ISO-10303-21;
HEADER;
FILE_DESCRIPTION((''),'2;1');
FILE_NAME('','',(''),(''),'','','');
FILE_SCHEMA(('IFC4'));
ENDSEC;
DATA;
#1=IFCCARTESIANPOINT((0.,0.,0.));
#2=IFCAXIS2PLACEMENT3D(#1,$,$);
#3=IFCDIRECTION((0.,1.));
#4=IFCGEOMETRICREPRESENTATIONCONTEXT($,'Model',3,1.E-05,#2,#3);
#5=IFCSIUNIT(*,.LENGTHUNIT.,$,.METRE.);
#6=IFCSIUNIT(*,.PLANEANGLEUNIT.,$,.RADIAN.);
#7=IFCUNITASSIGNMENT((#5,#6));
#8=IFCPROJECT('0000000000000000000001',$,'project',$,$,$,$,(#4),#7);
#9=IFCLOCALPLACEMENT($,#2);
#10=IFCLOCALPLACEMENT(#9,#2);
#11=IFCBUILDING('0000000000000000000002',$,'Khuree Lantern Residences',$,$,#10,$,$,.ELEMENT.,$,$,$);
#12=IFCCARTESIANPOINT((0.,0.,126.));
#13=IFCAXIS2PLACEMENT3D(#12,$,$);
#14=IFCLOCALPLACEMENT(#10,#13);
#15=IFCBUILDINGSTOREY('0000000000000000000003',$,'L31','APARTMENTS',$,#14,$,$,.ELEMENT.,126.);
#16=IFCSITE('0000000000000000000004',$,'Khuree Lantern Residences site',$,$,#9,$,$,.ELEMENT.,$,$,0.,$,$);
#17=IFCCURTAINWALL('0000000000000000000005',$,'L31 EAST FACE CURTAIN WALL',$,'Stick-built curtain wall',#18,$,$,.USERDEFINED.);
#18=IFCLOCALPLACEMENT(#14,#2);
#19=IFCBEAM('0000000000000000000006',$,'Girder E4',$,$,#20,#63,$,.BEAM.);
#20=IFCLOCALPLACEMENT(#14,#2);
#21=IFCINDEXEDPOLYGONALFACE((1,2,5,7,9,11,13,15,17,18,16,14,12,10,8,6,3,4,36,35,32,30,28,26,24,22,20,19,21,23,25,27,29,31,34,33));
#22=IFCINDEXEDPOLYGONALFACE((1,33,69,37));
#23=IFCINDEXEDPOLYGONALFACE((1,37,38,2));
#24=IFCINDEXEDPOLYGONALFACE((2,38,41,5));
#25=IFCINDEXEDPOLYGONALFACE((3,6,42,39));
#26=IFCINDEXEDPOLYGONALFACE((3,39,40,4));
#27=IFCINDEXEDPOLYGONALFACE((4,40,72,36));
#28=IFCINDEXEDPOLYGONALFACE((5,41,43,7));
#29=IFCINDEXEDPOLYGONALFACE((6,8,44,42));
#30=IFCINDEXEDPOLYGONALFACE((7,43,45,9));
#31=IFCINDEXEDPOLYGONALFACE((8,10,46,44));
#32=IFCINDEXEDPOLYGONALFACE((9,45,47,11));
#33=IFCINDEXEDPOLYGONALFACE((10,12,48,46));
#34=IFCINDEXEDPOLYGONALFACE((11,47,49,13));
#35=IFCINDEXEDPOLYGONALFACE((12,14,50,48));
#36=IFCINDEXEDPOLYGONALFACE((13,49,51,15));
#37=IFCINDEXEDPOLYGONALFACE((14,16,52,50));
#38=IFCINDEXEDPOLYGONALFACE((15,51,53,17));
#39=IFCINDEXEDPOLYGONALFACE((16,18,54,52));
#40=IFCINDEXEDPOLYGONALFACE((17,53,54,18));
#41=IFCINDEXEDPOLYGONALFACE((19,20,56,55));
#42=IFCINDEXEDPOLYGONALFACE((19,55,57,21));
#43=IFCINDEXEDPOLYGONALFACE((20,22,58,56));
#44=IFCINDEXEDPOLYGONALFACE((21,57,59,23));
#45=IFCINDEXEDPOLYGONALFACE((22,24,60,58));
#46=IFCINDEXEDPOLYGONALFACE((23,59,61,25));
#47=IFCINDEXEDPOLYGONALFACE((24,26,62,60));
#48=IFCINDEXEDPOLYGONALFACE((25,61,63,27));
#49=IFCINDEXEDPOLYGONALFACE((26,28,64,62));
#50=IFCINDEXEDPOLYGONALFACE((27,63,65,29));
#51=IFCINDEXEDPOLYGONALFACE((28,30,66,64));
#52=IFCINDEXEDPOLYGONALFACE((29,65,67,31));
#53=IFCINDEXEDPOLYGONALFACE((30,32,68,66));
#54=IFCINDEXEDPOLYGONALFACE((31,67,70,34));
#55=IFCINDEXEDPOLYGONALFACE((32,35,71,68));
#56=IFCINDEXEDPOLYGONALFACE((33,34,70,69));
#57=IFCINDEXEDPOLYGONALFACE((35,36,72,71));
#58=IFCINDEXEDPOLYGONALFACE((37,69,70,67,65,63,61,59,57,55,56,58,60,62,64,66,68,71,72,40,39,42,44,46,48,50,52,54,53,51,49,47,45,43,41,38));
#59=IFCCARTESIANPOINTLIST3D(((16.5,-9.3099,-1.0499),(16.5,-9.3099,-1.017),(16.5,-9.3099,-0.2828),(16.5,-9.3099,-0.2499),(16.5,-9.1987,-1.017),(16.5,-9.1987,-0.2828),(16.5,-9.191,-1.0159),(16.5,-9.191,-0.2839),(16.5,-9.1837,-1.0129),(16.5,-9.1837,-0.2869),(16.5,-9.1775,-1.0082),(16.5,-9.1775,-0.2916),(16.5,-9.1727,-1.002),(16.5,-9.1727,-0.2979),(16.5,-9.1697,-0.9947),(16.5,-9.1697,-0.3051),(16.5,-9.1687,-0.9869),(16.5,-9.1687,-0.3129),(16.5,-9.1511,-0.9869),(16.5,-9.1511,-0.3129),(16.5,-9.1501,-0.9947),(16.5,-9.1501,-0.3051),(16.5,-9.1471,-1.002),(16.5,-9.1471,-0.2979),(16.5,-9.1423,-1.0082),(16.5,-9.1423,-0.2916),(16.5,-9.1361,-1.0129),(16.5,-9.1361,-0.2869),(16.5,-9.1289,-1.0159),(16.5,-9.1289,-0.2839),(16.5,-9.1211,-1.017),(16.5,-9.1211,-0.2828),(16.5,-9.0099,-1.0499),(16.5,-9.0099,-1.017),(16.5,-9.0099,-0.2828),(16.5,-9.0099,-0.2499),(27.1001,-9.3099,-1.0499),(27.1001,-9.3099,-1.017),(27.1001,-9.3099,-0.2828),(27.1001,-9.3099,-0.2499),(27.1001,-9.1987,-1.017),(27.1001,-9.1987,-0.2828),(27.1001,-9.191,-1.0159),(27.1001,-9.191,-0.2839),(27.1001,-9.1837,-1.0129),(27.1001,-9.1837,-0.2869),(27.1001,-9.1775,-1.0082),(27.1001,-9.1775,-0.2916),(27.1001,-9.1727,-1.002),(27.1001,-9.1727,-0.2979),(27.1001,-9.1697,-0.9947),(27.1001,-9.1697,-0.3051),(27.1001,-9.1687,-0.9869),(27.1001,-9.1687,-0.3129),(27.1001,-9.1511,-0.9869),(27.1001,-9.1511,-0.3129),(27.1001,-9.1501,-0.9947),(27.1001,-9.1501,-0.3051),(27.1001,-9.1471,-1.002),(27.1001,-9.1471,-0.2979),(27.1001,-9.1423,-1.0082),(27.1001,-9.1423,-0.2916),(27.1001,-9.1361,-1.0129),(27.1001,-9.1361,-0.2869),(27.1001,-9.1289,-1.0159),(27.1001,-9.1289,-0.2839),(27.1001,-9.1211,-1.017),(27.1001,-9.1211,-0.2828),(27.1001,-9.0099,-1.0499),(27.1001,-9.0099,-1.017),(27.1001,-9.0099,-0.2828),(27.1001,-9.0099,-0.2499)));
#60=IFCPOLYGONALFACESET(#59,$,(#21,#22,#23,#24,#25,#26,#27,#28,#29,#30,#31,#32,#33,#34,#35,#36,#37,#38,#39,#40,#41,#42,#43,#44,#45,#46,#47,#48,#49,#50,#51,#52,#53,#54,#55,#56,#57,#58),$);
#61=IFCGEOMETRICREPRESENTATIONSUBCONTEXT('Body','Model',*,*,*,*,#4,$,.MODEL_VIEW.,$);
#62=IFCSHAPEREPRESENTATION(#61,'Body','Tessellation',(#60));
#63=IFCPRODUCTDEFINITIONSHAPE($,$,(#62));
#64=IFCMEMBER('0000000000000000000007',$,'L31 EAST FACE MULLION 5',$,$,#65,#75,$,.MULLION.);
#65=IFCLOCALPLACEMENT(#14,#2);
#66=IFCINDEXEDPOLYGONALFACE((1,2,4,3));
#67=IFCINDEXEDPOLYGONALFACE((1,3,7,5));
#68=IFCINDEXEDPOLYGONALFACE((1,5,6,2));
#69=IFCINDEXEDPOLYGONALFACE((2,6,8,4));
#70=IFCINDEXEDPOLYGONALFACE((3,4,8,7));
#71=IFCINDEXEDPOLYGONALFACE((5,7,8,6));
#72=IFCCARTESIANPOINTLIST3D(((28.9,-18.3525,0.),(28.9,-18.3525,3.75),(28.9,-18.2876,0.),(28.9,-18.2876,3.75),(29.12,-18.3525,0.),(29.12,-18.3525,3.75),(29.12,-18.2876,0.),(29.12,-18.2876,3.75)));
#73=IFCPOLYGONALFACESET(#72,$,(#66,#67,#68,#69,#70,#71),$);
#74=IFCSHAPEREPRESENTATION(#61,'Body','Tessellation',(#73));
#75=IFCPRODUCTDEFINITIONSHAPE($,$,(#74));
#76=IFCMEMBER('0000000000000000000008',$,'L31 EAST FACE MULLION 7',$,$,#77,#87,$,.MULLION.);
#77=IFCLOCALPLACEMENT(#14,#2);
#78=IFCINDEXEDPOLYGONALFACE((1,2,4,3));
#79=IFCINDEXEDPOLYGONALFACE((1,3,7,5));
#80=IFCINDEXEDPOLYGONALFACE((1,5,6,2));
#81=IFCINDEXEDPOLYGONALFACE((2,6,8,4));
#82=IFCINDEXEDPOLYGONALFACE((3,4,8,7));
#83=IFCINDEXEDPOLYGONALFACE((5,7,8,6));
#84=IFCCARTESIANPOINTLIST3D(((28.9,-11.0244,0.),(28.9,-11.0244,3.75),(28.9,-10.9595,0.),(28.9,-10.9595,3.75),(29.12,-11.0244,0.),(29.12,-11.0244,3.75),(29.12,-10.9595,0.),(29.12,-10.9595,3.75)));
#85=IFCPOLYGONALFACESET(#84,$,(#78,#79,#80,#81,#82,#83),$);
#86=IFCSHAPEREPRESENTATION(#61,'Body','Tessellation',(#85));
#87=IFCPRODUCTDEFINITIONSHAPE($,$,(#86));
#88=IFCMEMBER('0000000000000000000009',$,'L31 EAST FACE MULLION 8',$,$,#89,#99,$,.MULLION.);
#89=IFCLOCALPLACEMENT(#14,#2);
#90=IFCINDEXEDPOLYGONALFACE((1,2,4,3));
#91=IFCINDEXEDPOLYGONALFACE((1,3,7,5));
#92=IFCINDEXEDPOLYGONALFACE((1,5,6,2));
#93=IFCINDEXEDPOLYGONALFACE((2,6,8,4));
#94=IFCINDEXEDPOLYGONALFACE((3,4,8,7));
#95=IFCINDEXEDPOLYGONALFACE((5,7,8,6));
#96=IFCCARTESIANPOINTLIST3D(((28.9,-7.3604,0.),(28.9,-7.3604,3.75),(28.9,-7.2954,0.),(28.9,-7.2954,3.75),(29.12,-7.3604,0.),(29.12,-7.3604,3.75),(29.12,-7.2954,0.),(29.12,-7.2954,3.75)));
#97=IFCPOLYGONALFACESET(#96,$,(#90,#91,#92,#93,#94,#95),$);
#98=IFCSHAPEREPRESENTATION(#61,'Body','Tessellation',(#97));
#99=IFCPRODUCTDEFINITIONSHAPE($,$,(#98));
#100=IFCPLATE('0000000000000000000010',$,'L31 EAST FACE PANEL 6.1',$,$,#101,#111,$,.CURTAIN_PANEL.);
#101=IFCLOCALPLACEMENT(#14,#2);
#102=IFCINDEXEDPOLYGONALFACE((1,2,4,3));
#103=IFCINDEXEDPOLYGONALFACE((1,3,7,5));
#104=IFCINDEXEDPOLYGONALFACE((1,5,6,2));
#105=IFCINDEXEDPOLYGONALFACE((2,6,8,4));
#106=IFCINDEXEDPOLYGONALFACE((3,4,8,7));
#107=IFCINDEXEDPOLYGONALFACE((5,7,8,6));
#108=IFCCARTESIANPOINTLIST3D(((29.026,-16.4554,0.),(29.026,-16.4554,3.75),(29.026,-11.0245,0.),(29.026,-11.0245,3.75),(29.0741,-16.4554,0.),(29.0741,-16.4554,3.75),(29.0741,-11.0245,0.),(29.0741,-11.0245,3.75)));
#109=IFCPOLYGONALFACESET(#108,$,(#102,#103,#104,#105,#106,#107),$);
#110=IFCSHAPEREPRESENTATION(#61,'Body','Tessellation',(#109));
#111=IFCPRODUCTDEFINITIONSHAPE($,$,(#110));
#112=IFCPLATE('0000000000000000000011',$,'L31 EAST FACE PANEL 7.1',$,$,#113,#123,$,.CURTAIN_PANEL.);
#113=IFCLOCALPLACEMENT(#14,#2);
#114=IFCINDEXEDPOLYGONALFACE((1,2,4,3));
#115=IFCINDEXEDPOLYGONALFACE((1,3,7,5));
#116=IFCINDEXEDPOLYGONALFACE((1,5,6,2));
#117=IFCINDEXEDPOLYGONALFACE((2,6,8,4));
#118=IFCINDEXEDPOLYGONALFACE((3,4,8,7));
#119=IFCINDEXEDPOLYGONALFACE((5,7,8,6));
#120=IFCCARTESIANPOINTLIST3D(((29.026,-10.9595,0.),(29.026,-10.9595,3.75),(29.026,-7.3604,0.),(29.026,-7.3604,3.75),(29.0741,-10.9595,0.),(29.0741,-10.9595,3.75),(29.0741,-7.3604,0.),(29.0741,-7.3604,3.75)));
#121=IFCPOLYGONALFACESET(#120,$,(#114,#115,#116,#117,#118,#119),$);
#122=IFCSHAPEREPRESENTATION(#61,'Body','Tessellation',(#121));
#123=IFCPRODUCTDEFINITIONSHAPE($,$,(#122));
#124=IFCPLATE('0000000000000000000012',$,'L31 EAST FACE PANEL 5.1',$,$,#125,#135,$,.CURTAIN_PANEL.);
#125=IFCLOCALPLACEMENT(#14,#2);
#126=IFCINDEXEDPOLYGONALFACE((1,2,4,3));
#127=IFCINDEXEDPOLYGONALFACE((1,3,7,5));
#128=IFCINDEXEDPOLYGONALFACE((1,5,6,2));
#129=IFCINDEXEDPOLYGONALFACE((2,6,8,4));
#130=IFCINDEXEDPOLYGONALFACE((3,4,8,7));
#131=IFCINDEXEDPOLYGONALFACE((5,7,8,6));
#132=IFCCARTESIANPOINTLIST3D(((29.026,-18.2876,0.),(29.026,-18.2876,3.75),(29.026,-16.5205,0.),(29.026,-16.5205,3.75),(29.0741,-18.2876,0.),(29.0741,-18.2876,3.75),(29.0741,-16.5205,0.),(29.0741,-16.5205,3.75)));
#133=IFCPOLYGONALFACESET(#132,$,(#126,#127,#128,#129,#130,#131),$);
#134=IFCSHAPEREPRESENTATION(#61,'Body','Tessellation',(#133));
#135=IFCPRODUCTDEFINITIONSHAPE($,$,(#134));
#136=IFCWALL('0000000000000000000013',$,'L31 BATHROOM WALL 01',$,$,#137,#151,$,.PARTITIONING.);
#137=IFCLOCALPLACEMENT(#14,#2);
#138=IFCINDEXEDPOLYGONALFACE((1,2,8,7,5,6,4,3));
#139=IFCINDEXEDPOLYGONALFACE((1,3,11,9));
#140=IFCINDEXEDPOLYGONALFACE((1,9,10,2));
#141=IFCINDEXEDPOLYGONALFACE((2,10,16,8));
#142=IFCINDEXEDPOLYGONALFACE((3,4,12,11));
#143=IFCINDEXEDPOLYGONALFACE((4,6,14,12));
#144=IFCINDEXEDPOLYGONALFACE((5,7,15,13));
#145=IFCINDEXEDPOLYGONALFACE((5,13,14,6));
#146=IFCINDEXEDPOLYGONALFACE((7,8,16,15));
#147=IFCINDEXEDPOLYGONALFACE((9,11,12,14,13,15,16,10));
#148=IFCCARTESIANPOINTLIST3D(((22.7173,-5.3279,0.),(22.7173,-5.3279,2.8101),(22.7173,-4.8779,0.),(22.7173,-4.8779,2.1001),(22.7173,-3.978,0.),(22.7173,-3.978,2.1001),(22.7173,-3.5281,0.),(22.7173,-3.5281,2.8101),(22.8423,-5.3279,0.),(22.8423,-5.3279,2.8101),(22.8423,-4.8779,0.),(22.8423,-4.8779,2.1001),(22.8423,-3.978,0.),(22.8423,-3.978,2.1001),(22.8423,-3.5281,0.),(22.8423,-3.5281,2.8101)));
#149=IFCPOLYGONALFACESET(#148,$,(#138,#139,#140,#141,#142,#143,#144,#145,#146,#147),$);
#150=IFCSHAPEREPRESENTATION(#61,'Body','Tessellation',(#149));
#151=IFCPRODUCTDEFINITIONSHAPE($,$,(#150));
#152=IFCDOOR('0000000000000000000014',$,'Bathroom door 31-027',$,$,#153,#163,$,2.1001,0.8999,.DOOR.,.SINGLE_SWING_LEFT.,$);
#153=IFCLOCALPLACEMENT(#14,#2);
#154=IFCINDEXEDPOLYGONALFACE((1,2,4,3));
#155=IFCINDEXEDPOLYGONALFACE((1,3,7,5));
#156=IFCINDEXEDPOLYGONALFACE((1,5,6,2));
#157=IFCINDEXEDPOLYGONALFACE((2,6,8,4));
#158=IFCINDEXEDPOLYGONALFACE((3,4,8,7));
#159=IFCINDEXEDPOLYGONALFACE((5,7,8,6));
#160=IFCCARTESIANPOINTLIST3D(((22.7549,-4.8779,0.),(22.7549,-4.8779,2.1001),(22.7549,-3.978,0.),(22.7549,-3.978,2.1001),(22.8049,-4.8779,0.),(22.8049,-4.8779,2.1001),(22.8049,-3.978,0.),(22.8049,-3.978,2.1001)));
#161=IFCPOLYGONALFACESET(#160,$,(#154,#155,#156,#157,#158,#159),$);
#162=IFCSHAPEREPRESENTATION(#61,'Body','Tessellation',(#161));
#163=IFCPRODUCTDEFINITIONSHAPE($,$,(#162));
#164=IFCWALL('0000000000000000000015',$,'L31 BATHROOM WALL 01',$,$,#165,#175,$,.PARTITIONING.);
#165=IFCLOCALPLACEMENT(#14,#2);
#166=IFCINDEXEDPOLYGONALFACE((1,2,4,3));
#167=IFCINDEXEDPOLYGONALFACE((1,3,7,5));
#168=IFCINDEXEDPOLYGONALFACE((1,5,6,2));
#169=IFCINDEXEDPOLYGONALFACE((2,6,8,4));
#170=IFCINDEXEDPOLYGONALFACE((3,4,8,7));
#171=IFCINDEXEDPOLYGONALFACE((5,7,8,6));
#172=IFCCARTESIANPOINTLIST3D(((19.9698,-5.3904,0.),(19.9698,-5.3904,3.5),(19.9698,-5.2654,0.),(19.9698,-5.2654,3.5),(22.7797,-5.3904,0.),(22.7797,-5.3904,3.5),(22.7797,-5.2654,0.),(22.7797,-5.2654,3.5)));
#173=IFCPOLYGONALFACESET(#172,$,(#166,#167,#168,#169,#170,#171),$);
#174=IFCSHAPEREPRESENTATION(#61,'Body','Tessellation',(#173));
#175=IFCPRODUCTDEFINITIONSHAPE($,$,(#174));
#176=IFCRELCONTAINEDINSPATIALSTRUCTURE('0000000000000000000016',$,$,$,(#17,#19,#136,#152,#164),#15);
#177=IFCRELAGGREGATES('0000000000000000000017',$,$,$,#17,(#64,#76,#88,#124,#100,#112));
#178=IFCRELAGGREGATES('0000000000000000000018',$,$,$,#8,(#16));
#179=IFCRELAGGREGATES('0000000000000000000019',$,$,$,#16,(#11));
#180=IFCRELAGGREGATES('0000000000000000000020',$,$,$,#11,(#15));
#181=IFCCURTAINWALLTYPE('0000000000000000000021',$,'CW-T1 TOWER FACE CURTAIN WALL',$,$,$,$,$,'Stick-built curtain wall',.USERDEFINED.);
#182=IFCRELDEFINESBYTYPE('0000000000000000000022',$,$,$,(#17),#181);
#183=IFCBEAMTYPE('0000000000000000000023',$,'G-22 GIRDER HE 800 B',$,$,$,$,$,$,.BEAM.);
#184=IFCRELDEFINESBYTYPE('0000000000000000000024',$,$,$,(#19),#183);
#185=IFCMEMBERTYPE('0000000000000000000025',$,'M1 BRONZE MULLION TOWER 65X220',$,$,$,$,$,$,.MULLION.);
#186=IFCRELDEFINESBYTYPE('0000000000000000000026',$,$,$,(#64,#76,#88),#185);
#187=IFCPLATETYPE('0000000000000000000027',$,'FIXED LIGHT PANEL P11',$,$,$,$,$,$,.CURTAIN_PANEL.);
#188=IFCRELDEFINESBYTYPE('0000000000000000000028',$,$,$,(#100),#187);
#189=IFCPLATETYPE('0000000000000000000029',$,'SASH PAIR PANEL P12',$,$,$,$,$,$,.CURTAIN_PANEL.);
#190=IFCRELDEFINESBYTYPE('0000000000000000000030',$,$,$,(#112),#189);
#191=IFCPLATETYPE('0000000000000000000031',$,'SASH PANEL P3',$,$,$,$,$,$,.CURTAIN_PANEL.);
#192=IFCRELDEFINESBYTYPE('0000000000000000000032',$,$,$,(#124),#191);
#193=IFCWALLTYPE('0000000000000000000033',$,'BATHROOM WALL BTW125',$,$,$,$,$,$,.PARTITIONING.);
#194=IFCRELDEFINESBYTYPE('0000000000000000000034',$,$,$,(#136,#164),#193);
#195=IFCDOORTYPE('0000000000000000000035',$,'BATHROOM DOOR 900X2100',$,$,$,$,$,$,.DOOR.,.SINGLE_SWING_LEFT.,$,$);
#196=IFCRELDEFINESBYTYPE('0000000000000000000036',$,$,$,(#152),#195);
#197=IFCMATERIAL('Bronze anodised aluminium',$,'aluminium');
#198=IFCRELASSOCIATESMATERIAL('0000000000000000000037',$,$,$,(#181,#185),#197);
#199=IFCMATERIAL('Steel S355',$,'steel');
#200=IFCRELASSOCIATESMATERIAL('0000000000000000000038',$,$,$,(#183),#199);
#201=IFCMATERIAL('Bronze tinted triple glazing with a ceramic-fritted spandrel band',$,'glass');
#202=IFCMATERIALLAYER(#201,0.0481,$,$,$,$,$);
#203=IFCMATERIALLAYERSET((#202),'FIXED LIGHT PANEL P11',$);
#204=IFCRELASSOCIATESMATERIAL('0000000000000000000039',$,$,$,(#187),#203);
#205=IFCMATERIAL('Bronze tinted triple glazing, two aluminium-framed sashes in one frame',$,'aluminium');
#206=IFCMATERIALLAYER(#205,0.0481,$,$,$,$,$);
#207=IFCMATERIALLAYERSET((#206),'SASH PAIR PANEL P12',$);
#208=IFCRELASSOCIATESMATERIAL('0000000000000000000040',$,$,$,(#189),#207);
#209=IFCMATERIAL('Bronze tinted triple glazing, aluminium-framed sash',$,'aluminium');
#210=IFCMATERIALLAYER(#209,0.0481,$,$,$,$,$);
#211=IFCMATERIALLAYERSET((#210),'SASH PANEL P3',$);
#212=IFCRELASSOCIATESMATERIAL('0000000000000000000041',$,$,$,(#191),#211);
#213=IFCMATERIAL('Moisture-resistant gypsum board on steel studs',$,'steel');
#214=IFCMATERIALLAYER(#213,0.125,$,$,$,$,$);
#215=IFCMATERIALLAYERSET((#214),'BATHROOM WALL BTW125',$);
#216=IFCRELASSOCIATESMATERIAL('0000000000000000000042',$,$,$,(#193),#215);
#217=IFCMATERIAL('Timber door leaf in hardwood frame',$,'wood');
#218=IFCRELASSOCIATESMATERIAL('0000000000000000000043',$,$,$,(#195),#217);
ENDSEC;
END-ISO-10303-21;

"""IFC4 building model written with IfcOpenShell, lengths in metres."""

from ifc_helpers import new_model, si_unit, direction, frame, frame_2d, origin, origin_2d, place, context, subcontext, project, spatial, rectangle, i_section, extrude, material, layer, layer_set, material_profile, profile_set, type_object, element, fill, aggregate, save


model = new_model("IFC4")

# Units and contexts
model_context = context("Model", 3, precision=1e-05, world=origin(), true_north=direction((0.0, 1.0)))
body_context = subcontext(model_context, "Body", "Model", "MODEL_VIEW")
ifc_project = project(units=[si_unit("LENGTHUNIT", "METRE"), si_unit("PLANEANGLEUNIT", "RADIAN")], contexts=[model_context])

# Site, building, storey
site_placement = place(None, origin())
site = spatial("IfcSite", under=ifc_project, at=site_placement, Name="Khuree Lantern Residences site", CompositionType="ELEMENT", RefElevation=0.0)
building_placement = place(site_placement, origin())
building = spatial("IfcBuilding", under=site, at=building_placement, Name="Khuree Lantern Residences", CompositionType="ELEMENT")
storey_placement = place(building_placement, frame((0.0, 0.0, 126.0)))
storey = spatial("IfcBuildingStorey", under=building, at=storey_placement, Name="L31", Description="APARTMENTS", CompositionType="ELEMENT", Elevation=126.0)

# Shared definitions
ifc_material_1 = material(Name="Steel S355", Category="steel")

# Curtain wall
ifc_material_2 = material(Name="Bronze anodised aluminium", Category="aluminium")
curtain_wall_type = type_object("IfcCurtainWallType", Name="CW-T1 TOWER FACE CURTAIN WALL", ElementType="Stick-built curtain wall", PredefinedType="USERDEFINED", material=ifc_material_2)
curtain_wall_placement = place(storey_placement, origin())
curtain_wall = element("IfcCurtainWall", 1, at=curtain_wall_placement, inside=storey, type_object=curtain_wall_type, Name="L31 EAST FACE CURTAIN WALL", ObjectType="Stick-built curtain wall", PredefinedType="USERDEFINED")

# Beam
ifc_material_profile_1 = material_profile(ifc_material_1, i_section(OverallWidth=0.3, OverallDepth=0.8, WebThickness=0.0176, FlangeThickness=0.033, FilletRadius=0.03, at=origin_2d()), Name="HE 800 B")
ifc_profile_set_1 = profile_set([ifc_material_profile_1], Name="Steel S355")
beam_type_1 = type_object("IfcBeamType", Name="G-22 GIRDER HE 800 B", PredefinedType="BEAM", material=ifc_profile_set_1)
beam_1_placement = place(storey_placement, frame((27.1001, -9.1599, -0.6499), z_axis=(-1.0, 0.0, 0.0), x_axis=(0.0, -1.0, 0.0)))
element("IfcBeam", 2, at=beam_1_placement, inside=storey, type_object=beam_type_1, Name="Girder E4", PredefinedType="BEAM", context=body_context, shape_type="SweptSolid", body=[
    extrude(i_section(OverallWidth=0.3, OverallDepth=0.8, WebThickness=0.0176, FlangeThickness=0.033, FilletRadius=0.03, at=origin_2d()), origin(), (0.0, 0.0, 1.0), 10.6001),
])

# Members
ifc_material_profile_2 = material_profile(ifc_material_2, rectangle(XDim=0.0649, YDim=0.22, at=origin_2d()), Name="M1 65X220")
ifc_profile_set_2 = profile_set([ifc_material_profile_2], Name="Bronze anodised aluminium")
member_type_1 = type_object("IfcMemberType", Name="M1 BRONZE MULLION TOWER 65X220", PredefinedType="MULLION", material=ifc_profile_set_2)
member_1_placement = place(storey_placement, frame((29.01, -18.3201, 0.0), z_axis=(0.0, 0.0, 1.0), x_axis=(0.0, 1.0, 0.0)))
member_1 = element("IfcMember", 3, at=member_1_placement, type_object=member_type_1, Name="L31 EAST FACE MULLION 5", PredefinedType="MULLION", context=body_context, shape_type="SweptSolid", body=[
    extrude(rectangle(XDim=0.0649, YDim=0.22, at=origin_2d()), origin(), (0.0, 0.0, 1.0), 3.75),
])
member_2_placement = place(storey_placement, frame((29.01, -10.9919, 0.0), z_axis=(0.0, 0.0, 1.0), x_axis=(0.0, 1.0, 0.0)))
member_2 = element("IfcMember", 4, at=member_2_placement, type_object=member_type_1, Name="L31 EAST FACE MULLION 7", PredefinedType="MULLION", context=body_context, shape_type="SweptSolid", body=[
    extrude(rectangle(XDim=0.0649, YDim=0.22, at=origin_2d()), origin(), (0.0, 0.0, 1.0), 3.75),
])
member_3_placement = place(storey_placement, frame((29.01, -7.3279, 0.0), z_axis=(0.0, 0.0, 1.0), x_axis=(0.0, 1.0, 0.0)))
member_3 = element("IfcMember", 5, at=member_3_placement, type_object=member_type_1, Name="L31 EAST FACE MULLION 8", PredefinedType="MULLION", context=body_context, shape_type="SweptSolid", body=[
    extrude(rectangle(XDim=0.0649, YDim=0.22, at=origin_2d()), origin(), (0.0, 0.0, 1.0), 3.75),
])

# Plates
ifc_material_3 = material(Name="Bronze tinted triple glazing with a ceramic-fritted spandrel band", Category="glass")
ifc_layer_1 = layer(ifc_material_3, 0.0481)
ifc_layer_set_1 = layer_set([ifc_layer_1], Name="FIXED LIGHT PANEL P11")
plate_type_1 = type_object("IfcPlateType", Name="FIXED LIGHT PANEL P11", PredefinedType="CURTAIN_PANEL", material=ifc_layer_set_1)
plate_1_placement = place(storey_placement, frame((29.05, -13.74, 0.0), z_axis=(0.0, 0.0, 1.0), x_axis=(0.0, 1.0, 0.0)))
plate_1 = element("IfcPlate", 6, at=plate_1_placement, type_object=plate_type_1, Name="L31 EAST FACE PANEL 6.1", PredefinedType="CURTAIN_PANEL", context=body_context, shape_type="SweptSolid", body=[
    extrude(rectangle(XDim=5.4309, YDim=0.0481, at=origin_2d()), origin(), (0.0, 0.0, 1.0), 3.75),
])
ifc_material_4 = material(Name="Bronze tinted triple glazing, two aluminium-framed sashes in one frame", Category="aluminium")
ifc_layer_2 = layer(ifc_material_4, 0.0481)
ifc_layer_set_2 = layer_set([ifc_layer_2], Name="SASH PAIR PANEL P12")
plate_type_2 = type_object("IfcPlateType", Name="SASH PAIR PANEL P12", PredefinedType="CURTAIN_PANEL", material=ifc_layer_set_2)
plate_2_placement = place(storey_placement, frame((29.05, -9.1599, 0.0), z_axis=(0.0, 0.0, 1.0), x_axis=(0.0, 1.0, 0.0)))
plate_2 = element("IfcPlate", 7, at=plate_2_placement, type_object=plate_type_2, Name="L31 EAST FACE PANEL 7.1", PredefinedType="CURTAIN_PANEL", context=body_context, shape_type="SweptSolid", body=[
    extrude(rectangle(XDim=3.5991, YDim=0.0481, at=origin_2d()), origin(), (0.0, 0.0, 1.0), 3.75),
])
ifc_material_5 = material(Name="Bronze tinted triple glazing, aluminium-framed sash", Category="aluminium")
ifc_layer_3 = layer(ifc_material_5, 0.0481)
ifc_layer_set_3 = layer_set([ifc_layer_3], Name="SASH PANEL P3")
plate_type_3 = type_object("IfcPlateType", Name="SASH PANEL P3", PredefinedType="CURTAIN_PANEL", material=ifc_layer_set_3)
plate_3_placement = place(storey_placement, frame((29.05, -17.4041, 0.0), z_axis=(0.0, 0.0, 1.0), x_axis=(0.0, 1.0, 0.0)))
plate_3 = element("IfcPlate", 8, at=plate_3_placement, type_object=plate_type_3, Name="L31 EAST FACE PANEL 5.1", PredefinedType="CURTAIN_PANEL", context=body_context, shape_type="SweptSolid", body=[
    extrude(rectangle(XDim=1.7671, YDim=0.0481, at=origin_2d()), origin(), (0.0, 0.0, 1.0), 3.75),
])
aggregate(curtain_wall, [member_1, member_2, member_3, plate_3, plate_1, plate_2])

# Wall, opening, door
ifc_material_6 = material(Name="Moisture-resistant gypsum board on steel studs", Category="steel")
ifc_layer_4 = layer(ifc_material_6, 0.125)
ifc_layer_set_4 = layer_set([ifc_layer_4], Name="BATHROOM WALL BTW125")
wall_type_1 = type_object("IfcWallType", Name="BATHROOM WALL BTW125", PredefinedType="PARTITIONING", material=ifc_layer_set_4)
wall_1_placement = place(storey_placement, frame((22.7798, -5.3279, 0.0), z_axis=(0.0, 0.0, 1.0), x_axis=(0.0, 1.0, 0.0)))
wall_1 = element("IfcWall", 9, at=wall_1_placement, inside=storey, type_object=wall_type_1, Name="L31 BATHROOM WALL 01", PredefinedType="PARTITIONING", context=body_context, shape_type="SweptSolid", body=[
    extrude(rectangle(XDim=1.7998, YDim=0.125, at=frame_2d((0.8999, 0.0))), origin(), (0.0, 0.0, 1.0), 2.8101),
])
opening_1_placement = place(wall_1_placement, frame((0.45, 0.0, 0.0)))
opening_1 = element("IfcOpeningElement", 10, at=opening_1_placement, cuts=wall_1, PredefinedType="OPENING", context=body_context, shape_type="SweptSolid", body=[
    extrude(rectangle(XDim=0.8999, YDim=2.1001, at=frame_2d((0.45, 1.05))), frame((0.0, 0.0725, 0.0), z_axis=(0.0, -1.0, 0.0), x_axis=(1.0, 0.0, 0.0)), (0.0, 0.0, 1.0), 0.145),
])
ifc_material_7 = material(Name="Timber door leaf in hardwood frame", Category="wood")
door_type_1 = type_object("IfcDoorType", Name="BATHROOM DOOR 900X2100", OperationType="SINGLE_SWING_LEFT", PredefinedType="DOOR", material=ifc_material_7)
door_1_placement = place(opening_1_placement, origin())
door_1 = element("IfcDoor", 11, at=door_1_placement, inside=storey, type_object=door_type_1, Name="Bathroom door 31-027", OperationType="SINGLE_SWING_LEFT", OverallHeight=2.1001, OverallWidth=0.8999, PredefinedType="DOOR", context=body_context, shape_type="SweptSolid", body=[
    extrude(rectangle(XDim=0.8999, YDim=2.1001, at=frame_2d((0.45, 1.05))), frame((0.0, 0.0249, 0.0), z_axis=(0.0, -1.0, 0.0), x_axis=(1.0, 0.0, 0.0)), (0.0, 0.0, 1.0), 0.05),
])
fill(opening_1, door_1)

# Wall
wall_2_placement = place(storey_placement, frame((19.97, -5.3279, 0.0), z_axis=(0.0, 0.0, 1.0), x_axis=(1.0, 0.0, 0.0)))
element("IfcWall", 12, at=wall_2_placement, inside=storey, type_object=wall_type_1, Name="L31 BATHROOM WALL 01", PredefinedType="PARTITIONING", context=body_context, shape_type="SweptSolid", body=[
    extrude(rectangle(XDim=2.8098, YDim=0.125, at=frame_2d((1.4048, 0.0))), origin(), (0.0, 0.0, 1.0), 3.5),
])

save(model, "model.ifc")
